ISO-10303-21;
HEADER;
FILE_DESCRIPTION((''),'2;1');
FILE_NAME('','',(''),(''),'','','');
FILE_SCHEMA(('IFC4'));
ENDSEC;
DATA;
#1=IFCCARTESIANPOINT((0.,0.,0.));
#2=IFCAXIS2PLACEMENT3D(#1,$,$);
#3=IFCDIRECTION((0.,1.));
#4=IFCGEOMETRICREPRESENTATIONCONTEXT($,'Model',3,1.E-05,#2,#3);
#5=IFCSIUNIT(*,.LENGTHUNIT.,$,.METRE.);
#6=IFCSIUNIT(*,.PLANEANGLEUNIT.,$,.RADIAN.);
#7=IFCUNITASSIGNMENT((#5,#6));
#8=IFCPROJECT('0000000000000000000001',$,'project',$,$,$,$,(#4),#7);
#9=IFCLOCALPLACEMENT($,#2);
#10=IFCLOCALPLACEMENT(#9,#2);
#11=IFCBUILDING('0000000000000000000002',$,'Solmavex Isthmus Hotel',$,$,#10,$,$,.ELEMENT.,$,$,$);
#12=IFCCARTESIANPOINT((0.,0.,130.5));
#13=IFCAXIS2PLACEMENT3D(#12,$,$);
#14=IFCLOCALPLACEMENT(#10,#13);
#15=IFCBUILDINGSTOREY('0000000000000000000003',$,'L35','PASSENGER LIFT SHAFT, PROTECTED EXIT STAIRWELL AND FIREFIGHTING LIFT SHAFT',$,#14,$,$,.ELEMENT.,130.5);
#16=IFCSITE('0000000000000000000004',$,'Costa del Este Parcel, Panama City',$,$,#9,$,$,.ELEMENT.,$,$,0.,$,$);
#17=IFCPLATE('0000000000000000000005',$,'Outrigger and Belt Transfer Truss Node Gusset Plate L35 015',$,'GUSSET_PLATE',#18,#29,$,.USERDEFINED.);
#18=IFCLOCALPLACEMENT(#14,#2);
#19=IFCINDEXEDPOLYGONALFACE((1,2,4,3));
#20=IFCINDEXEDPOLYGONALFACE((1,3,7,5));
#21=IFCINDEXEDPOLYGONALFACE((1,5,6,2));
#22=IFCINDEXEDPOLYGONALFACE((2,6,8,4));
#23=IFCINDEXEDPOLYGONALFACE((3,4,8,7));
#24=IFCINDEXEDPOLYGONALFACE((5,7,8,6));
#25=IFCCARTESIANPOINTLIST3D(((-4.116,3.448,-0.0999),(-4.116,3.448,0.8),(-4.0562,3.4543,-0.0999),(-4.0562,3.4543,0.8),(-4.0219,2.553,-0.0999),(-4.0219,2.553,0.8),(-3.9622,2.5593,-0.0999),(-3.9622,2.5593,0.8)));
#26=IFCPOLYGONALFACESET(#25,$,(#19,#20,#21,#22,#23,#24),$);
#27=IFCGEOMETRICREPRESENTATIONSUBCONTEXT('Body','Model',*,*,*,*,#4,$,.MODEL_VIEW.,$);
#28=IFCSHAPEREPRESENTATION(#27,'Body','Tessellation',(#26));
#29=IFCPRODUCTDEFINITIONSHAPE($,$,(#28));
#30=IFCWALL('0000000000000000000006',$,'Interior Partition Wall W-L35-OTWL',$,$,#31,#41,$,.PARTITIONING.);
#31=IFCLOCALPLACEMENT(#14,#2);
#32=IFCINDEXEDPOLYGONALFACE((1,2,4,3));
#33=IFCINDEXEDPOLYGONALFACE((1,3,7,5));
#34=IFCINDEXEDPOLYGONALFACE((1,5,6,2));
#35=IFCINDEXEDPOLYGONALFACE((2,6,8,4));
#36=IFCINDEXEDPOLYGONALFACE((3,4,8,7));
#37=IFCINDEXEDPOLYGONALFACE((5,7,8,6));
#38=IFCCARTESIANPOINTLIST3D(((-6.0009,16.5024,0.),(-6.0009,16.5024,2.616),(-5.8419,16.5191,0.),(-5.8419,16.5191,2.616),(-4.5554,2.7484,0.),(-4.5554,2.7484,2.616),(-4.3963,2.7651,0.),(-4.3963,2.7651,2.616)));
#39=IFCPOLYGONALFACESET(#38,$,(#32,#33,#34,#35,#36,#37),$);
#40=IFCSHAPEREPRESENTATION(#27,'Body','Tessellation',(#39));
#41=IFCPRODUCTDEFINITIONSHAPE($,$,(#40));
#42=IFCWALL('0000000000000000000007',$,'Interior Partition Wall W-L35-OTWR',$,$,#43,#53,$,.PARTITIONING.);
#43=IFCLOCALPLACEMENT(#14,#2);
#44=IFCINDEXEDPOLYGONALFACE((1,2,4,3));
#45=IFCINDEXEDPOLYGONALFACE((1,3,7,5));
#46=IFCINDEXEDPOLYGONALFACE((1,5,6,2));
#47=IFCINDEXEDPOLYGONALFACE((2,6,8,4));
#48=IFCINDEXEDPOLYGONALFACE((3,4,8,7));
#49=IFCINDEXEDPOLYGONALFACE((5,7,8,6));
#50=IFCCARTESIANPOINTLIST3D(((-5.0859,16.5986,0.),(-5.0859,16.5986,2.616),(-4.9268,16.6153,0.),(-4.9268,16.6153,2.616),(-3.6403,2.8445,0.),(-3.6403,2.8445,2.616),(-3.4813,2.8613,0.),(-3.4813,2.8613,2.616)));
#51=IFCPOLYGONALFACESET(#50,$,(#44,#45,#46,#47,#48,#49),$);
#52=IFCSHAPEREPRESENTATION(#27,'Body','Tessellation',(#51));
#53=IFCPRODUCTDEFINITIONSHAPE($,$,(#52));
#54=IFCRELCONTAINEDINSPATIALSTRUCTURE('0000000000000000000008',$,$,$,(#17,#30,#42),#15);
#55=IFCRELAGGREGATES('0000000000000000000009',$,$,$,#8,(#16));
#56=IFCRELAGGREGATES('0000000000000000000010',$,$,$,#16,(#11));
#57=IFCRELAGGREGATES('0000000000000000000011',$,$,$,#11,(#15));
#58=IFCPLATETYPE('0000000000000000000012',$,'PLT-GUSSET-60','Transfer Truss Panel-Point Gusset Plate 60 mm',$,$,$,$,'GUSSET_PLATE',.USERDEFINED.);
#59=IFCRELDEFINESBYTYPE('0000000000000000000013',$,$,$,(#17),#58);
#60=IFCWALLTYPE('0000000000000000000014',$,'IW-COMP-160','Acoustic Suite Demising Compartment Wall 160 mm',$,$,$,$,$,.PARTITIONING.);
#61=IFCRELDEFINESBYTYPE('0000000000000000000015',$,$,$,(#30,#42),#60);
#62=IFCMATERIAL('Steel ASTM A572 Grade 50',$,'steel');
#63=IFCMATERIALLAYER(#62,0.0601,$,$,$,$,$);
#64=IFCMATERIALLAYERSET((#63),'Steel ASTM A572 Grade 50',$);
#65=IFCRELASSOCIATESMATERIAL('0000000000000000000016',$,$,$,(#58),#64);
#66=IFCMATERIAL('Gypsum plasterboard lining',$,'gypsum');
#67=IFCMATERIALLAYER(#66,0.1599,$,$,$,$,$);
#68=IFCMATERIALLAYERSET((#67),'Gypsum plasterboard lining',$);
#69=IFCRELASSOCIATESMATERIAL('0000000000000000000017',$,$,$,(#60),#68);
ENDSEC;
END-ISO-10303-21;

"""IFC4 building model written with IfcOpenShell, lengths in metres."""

from ifc_helpers import new_model, si_unit, direction, frame, frame_2d, origin, origin_2d, place, context, subcontext, project, spatial, rectangle, extrude, material, layer, layer_set, type_object, element, save


model = new_model("IFC4")

# Units and contexts
model_context = context("Model", 3, precision=1e-05, world=origin(), true_north=direction((0.0, 1.0)))
body_context = subcontext(model_context, "Body", "Model", "MODEL_VIEW")
ifc_project = project(units=[si_unit("LENGTHUNIT", "METRE"), si_unit("PLANEANGLEUNIT", "RADIAN")], contexts=[model_context])

# Site, building, storey
site_placement = place(None, origin())
site = spatial("IfcSite", under=ifc_project, at=site_placement, Name="Costa del Este Parcel, Panama City", CompositionType="ELEMENT", RefElevation=0.0)
building_placement = place(site_placement, origin())
building = spatial("IfcBuilding", under=site, at=building_placement, Name="Solmavex Isthmus Hotel", CompositionType="ELEMENT")
storey_placement = place(building_placement, frame((0.0, 0.0, 130.5)))
storey = spatial("IfcBuildingStorey", under=building, at=storey_placement, Name="L35", Description="PASSENGER LIFT SHAFT, PROTECTED EXIT STAIRWELL AND FIREFIGHTING LIFT SHAFT", CompositionType="ELEMENT", Elevation=130.5)

# Plate
ifc_material_1 = material(Name="Steel ASTM A572 Grade 50", Category="steel")
ifc_layer_1 = layer(ifc_material_1, 0.0601)
ifc_layer_set_1 = layer_set([ifc_layer_1], Name="Steel ASTM A572 Grade 50")
plate_type = type_object("IfcPlateType", Name="PLT-GUSSET-60", Description="Transfer Truss Panel-Point Gusset Plate 60 mm", ElementType="GUSSET_PLATE", PredefinedType="USERDEFINED", material=ifc_layer_set_1)
plate_placement = place(storey_placement, frame((-4.0391, 3.0037, -0.0999), z_axis=(0.0, 0.0, 1.0), x_axis=(-0.104528, 0.994522, 0.0)))
element("IfcPlate", 1, at=plate_placement, inside=storey, type_object=plate_type, Name="Outrigger and Belt Transfer Truss Node Gusset Plate L35 015", ObjectType="GUSSET_PLATE", PredefinedType="USERDEFINED", context=body_context, shape_type="SweptSolid", body=[
    extrude(rectangle(XDim=0.8999, YDim=0.0601, at=origin_2d()), origin(), (0.0, 0.0, 1.0), 0.8999),
])

# Walls
ifc_material_2 = material(Name="Gypsum plasterboard lining", Category="gypsum")
ifc_layer_2 = layer(ifc_material_2, 0.1599)
ifc_layer_set_2 = layer_set([ifc_layer_2], Name="Gypsum plasterboard lining")
wall_type = type_object("IfcWallType", Name="IW-COMP-160", Description="Acoustic Suite Demising Compartment Wall 160 mm", PredefinedType="PARTITIONING", material=ifc_layer_set_2)
for number, where, z_axis, x_axis, name in (
    (2, (-4.4758, 2.7566, 0.0), (0.0, 0.0, 1.0), (-0.104524, 0.994522, 0.0), "Interior Partition Wall W-L35-OTWL"),
    (3, (-3.5608, 2.8528, 0.0), (0.0, 0.0, 1.0), (-0.104524, 0.994522, 0.0), "Interior Partition Wall W-L35-OTWR"),
):
    element("IfcWall", number, at=place(storey_placement, frame(where, z_axis=z_axis, x_axis=x_axis)), inside=storey, type_object=wall_type, Name=name, PredefinedType="PARTITIONING", context=body_context, shape_type="SweptSolid", body=[
        extrude(rectangle(XDim=13.8298, YDim=0.1599, at=frame_2d((6.915, 0.0))), origin(), (0.0, 0.0, 1.0), 2.616),
    ])

save(model, "model.ifc")
